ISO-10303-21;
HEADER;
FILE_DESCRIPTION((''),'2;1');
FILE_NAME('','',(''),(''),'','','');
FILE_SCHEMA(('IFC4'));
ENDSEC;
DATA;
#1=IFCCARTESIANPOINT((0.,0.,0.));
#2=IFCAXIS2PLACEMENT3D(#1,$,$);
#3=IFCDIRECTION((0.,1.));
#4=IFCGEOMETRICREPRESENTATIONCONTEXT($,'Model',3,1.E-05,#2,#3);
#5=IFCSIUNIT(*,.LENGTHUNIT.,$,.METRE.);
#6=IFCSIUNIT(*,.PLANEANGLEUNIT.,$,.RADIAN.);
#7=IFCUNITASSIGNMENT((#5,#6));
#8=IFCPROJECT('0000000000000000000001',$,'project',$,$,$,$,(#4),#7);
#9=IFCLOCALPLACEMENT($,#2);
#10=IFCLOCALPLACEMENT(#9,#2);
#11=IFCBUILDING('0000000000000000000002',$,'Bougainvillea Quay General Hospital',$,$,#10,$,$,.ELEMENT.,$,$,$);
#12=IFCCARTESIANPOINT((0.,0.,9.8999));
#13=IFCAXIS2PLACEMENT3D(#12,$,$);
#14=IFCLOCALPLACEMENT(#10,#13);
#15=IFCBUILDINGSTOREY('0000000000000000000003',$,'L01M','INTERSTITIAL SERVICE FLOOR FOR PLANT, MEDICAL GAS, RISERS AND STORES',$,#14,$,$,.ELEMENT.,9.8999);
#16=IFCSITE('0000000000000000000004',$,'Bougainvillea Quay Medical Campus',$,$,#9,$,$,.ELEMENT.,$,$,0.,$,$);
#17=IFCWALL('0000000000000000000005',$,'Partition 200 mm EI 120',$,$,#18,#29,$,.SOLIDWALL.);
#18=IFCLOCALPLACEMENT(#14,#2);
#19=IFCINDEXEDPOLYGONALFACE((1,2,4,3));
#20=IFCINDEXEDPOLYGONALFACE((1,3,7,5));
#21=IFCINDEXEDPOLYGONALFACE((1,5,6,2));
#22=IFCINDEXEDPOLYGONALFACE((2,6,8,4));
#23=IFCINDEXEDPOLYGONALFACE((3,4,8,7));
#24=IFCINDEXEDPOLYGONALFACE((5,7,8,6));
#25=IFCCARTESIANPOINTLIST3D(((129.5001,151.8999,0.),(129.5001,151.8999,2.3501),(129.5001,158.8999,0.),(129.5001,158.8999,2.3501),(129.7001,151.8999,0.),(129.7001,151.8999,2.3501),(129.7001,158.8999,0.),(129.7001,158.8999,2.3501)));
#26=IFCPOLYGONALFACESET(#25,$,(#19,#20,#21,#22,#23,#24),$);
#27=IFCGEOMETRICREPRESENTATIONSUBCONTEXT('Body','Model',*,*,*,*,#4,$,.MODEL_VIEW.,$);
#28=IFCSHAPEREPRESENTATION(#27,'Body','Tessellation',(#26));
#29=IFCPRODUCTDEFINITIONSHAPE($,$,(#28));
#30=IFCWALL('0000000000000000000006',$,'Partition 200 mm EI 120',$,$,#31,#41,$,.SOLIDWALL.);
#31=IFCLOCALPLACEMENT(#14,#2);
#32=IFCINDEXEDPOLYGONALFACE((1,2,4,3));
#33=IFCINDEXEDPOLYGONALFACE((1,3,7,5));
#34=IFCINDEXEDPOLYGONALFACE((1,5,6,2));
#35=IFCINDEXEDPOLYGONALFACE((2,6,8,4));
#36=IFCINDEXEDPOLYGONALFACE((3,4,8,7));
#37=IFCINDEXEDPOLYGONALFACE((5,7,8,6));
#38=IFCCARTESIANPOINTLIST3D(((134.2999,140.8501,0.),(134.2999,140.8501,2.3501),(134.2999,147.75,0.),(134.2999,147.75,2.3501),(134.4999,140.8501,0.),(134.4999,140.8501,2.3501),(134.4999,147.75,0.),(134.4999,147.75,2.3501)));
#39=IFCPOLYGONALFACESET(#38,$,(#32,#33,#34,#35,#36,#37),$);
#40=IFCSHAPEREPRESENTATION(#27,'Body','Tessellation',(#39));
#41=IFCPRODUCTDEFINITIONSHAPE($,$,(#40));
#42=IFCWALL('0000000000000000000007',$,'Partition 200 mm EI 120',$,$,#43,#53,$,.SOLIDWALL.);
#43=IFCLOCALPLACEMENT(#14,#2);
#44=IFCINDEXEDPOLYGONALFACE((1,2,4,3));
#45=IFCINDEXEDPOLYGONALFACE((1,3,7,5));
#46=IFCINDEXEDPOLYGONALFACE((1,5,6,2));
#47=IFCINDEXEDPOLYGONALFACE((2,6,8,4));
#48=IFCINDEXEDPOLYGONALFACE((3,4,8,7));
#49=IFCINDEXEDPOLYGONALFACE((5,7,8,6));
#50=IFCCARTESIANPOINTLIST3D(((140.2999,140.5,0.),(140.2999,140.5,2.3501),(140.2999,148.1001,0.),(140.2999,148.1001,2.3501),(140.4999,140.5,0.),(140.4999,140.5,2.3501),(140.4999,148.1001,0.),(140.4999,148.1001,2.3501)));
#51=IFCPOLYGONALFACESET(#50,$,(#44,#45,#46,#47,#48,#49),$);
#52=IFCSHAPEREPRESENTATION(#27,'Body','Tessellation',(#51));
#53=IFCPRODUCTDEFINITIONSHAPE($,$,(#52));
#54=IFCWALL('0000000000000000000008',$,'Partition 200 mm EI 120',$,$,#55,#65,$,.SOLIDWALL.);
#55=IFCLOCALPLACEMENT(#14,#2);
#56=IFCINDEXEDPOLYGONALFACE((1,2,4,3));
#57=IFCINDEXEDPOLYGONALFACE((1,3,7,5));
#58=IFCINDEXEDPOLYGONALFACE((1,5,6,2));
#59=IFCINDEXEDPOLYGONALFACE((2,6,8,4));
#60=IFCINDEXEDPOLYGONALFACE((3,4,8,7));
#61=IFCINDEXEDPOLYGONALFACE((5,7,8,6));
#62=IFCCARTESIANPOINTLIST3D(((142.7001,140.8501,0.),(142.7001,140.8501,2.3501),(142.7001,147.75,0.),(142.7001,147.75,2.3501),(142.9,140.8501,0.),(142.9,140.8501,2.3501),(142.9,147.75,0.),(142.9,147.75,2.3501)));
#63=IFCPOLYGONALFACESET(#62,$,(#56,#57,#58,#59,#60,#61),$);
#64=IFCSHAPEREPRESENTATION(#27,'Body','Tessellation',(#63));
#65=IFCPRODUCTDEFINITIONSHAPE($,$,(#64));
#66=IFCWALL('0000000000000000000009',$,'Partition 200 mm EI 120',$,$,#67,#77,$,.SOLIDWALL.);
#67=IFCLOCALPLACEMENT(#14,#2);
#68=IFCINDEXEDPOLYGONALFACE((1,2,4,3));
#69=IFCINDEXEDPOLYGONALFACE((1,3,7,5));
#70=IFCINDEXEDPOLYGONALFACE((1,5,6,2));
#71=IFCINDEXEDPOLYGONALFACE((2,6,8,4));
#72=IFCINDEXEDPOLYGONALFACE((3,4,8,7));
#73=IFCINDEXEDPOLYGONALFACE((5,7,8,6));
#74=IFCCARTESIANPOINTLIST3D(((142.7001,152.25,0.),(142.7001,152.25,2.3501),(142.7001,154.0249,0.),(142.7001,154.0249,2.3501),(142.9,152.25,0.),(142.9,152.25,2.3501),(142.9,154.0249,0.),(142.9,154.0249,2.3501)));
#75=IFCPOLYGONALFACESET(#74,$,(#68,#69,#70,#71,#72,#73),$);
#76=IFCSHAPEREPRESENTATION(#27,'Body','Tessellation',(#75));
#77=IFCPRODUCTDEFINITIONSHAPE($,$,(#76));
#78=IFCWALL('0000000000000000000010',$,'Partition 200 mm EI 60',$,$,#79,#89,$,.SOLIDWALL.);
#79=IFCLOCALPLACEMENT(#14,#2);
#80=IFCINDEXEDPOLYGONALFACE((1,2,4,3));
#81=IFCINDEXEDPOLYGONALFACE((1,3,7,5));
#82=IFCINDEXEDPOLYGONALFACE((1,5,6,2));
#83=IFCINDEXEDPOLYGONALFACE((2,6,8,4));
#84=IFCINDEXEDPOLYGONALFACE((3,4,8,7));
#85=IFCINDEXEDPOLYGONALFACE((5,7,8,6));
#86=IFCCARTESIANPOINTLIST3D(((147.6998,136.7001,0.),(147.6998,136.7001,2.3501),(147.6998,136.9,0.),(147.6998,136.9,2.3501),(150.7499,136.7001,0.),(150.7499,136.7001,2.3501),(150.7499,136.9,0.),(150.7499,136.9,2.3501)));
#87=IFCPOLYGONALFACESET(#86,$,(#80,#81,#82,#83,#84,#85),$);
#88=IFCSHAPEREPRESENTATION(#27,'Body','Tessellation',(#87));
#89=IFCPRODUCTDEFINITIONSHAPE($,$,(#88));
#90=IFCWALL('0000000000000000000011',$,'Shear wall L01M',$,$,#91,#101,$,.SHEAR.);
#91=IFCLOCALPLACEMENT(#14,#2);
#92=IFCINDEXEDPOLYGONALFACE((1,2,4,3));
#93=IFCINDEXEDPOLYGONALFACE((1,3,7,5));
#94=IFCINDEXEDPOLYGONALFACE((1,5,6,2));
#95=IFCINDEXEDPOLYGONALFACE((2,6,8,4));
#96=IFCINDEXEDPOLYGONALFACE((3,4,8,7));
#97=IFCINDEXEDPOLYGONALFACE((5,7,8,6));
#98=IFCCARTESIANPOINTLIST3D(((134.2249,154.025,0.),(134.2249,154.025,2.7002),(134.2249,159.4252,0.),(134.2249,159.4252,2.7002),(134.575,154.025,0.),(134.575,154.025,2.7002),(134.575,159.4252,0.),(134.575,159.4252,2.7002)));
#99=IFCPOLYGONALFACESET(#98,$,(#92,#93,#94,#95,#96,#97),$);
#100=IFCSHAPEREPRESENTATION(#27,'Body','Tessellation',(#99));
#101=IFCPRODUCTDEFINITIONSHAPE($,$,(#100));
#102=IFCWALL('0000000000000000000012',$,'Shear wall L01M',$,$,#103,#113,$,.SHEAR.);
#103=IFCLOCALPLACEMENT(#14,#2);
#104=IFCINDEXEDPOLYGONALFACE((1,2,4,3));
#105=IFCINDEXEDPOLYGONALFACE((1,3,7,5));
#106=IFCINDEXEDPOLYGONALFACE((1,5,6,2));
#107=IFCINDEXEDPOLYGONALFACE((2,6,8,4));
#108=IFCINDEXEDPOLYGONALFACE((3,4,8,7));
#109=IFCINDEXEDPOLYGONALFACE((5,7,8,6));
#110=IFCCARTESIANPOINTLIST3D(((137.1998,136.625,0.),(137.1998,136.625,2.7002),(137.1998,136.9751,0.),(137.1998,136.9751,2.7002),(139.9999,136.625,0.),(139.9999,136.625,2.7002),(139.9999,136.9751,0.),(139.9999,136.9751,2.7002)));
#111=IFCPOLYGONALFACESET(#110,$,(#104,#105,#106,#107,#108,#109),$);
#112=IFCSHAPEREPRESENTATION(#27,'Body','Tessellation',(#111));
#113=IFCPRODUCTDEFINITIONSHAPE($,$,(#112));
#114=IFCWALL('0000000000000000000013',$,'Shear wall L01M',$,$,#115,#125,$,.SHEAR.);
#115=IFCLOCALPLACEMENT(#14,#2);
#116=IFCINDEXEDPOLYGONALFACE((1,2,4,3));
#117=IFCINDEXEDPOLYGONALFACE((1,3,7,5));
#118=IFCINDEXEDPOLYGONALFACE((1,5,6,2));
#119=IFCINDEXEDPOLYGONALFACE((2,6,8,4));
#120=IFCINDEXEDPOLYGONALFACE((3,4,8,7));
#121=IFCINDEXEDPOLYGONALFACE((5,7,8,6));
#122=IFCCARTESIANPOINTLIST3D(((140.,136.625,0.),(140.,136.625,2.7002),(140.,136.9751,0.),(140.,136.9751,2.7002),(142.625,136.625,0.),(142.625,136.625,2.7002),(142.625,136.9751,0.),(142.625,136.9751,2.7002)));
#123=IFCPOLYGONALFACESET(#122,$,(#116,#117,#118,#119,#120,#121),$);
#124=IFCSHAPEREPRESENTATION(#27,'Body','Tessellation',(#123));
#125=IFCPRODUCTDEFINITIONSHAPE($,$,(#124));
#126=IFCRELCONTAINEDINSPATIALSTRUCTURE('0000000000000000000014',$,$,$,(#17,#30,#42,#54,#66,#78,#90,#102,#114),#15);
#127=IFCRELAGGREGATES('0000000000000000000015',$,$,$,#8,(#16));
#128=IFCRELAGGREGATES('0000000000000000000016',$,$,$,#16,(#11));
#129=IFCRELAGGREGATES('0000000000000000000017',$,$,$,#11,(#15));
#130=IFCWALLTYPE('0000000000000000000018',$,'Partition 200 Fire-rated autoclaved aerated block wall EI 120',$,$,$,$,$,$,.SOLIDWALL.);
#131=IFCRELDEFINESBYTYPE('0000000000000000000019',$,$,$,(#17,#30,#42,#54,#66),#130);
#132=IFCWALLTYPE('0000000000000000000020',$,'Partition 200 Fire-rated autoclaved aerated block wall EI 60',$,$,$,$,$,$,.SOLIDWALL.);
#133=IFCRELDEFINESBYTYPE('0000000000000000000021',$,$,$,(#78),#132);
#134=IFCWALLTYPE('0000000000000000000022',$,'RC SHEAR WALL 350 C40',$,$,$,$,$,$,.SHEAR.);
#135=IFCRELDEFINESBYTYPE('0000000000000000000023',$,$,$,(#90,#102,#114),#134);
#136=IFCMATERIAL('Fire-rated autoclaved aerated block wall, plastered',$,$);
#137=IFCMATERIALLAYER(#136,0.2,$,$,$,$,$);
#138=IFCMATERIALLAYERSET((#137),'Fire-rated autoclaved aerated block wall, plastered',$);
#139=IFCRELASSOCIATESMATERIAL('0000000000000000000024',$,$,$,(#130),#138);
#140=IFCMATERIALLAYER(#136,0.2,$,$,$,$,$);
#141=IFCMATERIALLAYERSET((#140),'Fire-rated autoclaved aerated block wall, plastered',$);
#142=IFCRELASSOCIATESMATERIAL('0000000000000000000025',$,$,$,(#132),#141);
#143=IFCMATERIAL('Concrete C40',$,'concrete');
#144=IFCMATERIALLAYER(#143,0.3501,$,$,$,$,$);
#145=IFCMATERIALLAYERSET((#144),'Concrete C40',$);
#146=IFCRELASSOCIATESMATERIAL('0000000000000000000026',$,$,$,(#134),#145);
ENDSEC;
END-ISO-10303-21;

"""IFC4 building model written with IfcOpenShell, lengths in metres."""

from ifc_helpers import new_model, si_unit, direction, frame, frame_2d, origin, place, context, subcontext, project, spatial, rectangle, extrude, material, layer, layer_set, type_object, element, save


model = new_model("IFC4")

# Units and contexts
model_context = context("Model", 3, precision=1e-05, world=origin(), true_north=direction((0.0, 1.0)))
body_context = subcontext(model_context, "Body", "Model", "MODEL_VIEW")
ifc_project = project(units=[si_unit("LENGTHUNIT", "METRE"), si_unit("PLANEANGLEUNIT", "RADIAN")], contexts=[model_context])

# Site, building, storey
site_placement = place(None, origin())
site = spatial("IfcSite", under=ifc_project, at=site_placement, Name="Bougainvillea Quay Medical Campus", CompositionType="ELEMENT", RefElevation=0.0)
building_placement = place(site_placement, origin())
building = spatial("IfcBuilding", under=site, at=building_placement, Name="Bougainvillea Quay General Hospital", CompositionType="ELEMENT")
storey_placement = place(building_placement, frame((0.0, 0.0, 9.8999)))
storey = spatial("IfcBuildingStorey", under=building, at=storey_placement, Name="L01M", Description="INTERSTITIAL SERVICE FLOOR FOR PLANT, MEDICAL GAS, RISERS AND STORES", CompositionType="ELEMENT", Elevation=9.8999)

# Shared definitions
ifc_material_1 = material(Name="Fire-rated autoclaved aerated block wall, plastered")
ifc_layer_1 = layer(ifc_material_1, 0.2)
ifc_layer_set_1 = layer_set([ifc_layer_1], Name="Fire-rated autoclaved aerated block wall, plastered")
wall_type_1 = type_object("IfcWallType", Name="Partition 200 Fire-rated autoclaved aerated block wall EI 120", PredefinedType="SOLIDWALL", material=ifc_layer_set_1)

# Walls
wall_1_placement = place(storey_placement, frame((129.6001, 151.8999, 0.0), z_axis=(0.0, 0.0, 1.0), x_axis=(0.0, 1.0, 0.0)))
element("IfcWall", 1, at=wall_1_placement, inside=storey, type_object=wall_type_1, Name="Partition 200 mm EI 120", PredefinedType="SOLIDWALL", context=body_context, shape_type="SweptSolid", body=[
    extrude(rectangle(XDim=7.0, YDim=0.2, at=frame_2d((3.5, 0.0))), origin(), (0.0, 0.0, 1.0), 2.3501),
])
wall_2_placement = place(storey_placement, frame((134.3999, 140.8501, 0.0), z_axis=(0.0, 0.0, 1.0), x_axis=(0.0, 1.0, 0.0)))
element("IfcWall", 2, at=wall_2_placement, inside=storey, type_object=wall_type_1, Name="Partition 200 mm EI 120", PredefinedType="SOLIDWALL", context=body_context, shape_type="SweptSolid", body=[
    extrude(rectangle(XDim=6.8999, YDim=0.2, at=frame_2d((3.45, 0.0))), origin(), (0.0, 0.0, 1.0), 2.3501),
])
wall_3_placement = place(storey_placement, frame((140.3999, 140.5, 0.0), z_axis=(0.0, 0.0, 1.0), x_axis=(0.0, 1.0, 0.0)))
element("IfcWall", 3, at=wall_3_placement, inside=storey, type_object=wall_type_1, Name="Partition 200 mm EI 120", PredefinedType="SOLIDWALL", context=body_context, shape_type="SweptSolid", body=[
    extrude(rectangle(XDim=7.6001, YDim=0.2, at=frame_2d((3.8, 0.0))), origin(), (0.0, 0.0, 1.0), 2.3501),
])
wall_4_placement = place(storey_placement, frame((142.8, 140.8501, 0.0), z_axis=(0.0, 0.0, 1.0), x_axis=(0.0, 1.0, 0.0)))
element("IfcWall", 4, at=wall_4_placement, inside=storey, type_object=wall_type_1, Name="Partition 200 mm EI 120", PredefinedType="SOLIDWALL", context=body_context, shape_type="SweptSolid", body=[
    extrude(rectangle(XDim=6.8999, YDim=0.2, at=frame_2d((3.45, 0.0))), origin(), (0.0, 0.0, 1.0), 2.3501),
])
wall_5_placement = place(storey_placement, frame((142.8, 152.25, 0.0), z_axis=(0.0, 0.0, 1.0), x_axis=(0.0, 1.0, 0.0)))
element("IfcWall", 5, at=wall_5_placement, inside=storey, type_object=wall_type_1, Name="Partition 200 mm EI 120", PredefinedType="SOLIDWALL", context=body_context, shape_type="SweptSolid", body=[
    extrude(rectangle(XDim=1.7749, YDim=0.2, at=frame_2d((0.8875, 0.0))), origin(), (0.0, 0.0, 1.0), 2.3501),
])
ifc_layer_2 = layer(ifc_material_1, 0.2)
ifc_layer_set_2 = layer_set([ifc_layer_2], Name="Fire-rated autoclaved aerated block wall, plastered")
wall_type_2 = type_object("IfcWallType", Name="Partition 200 Fire-rated autoclaved aerated block wall EI 60", PredefinedType="SOLIDWALL", material=ifc_layer_set_2)
wall_6_placement = place(storey_placement, frame((147.7, 136.8, 0.0), z_axis=(0.0, 0.0, 1.0), x_axis=(1.0, 0.0, 0.0)))
element("IfcWall", 6, at=wall_6_placement, inside=storey, type_object=wall_type_2, Name="Partition 200 mm EI 60", PredefinedType="SOLIDWALL", context=body_context, shape_type="SweptSolid", body=[
    extrude(rectangle(XDim=3.05, YDim=0.2, at=frame_2d((1.5249, 0.0))), origin(), (0.0, 0.0, 1.0), 2.3501),
])
ifc_material_2 = material(Name="Concrete C40", Category="concrete")
ifc_layer_3 = layer(ifc_material_2, 0.3501)
ifc_layer_set_3 = layer_set([ifc_layer_3], Name="Concrete C40")
wall_type_3 = type_object("IfcWallType", Name="RC SHEAR WALL 350 C40", PredefinedType="SHEAR", material=ifc_layer_set_3)
wall_7_placement = place(storey_placement, frame((134.3999, 154.0249, 0.0), z_axis=(0.0, 0.0, 1.0), x_axis=(0.0, 1.0, 0.0)))
element("IfcWall", 7, at=wall_7_placement, inside=storey, type_object=wall_type_3, Name="Shear wall L01M", PredefinedType="SHEAR", context=body_context, shape_type="SweptSolid", body=[
    extrude(rectangle(XDim=5.4001, YDim=0.3501, at=frame_2d((2.7002, 0.0))), origin(), (0.0, 0.0, 1.0), 2.7002),
])
wall_8_placement = place(storey_placement, frame((137.2, 136.8, 0.0), z_axis=(0.0, 0.0, 1.0), x_axis=(1.0, 0.0, 0.0)))
element("IfcWall", 8, at=wall_8_placement, inside=storey, type_object=wall_type_3, Name="Shear wall L01M", PredefinedType="SHEAR", context=body_context, shape_type="SweptSolid", body=[
    extrude(rectangle(XDim=2.8, YDim=0.3501, at=frame_2d((1.3999, 0.0))), origin(), (0.0, 0.0, 1.0), 2.7002),
])
wall_9_placement = place(storey_placement, frame((140.0, 136.8, 0.0), z_axis=(0.0, 0.0, 1.0), x_axis=(1.0, 0.0, 0.0)))
element("IfcWall", 9, at=wall_9_placement, inside=storey, type_object=wall_type_3, Name="Shear wall L01M", PredefinedType="SHEAR", context=body_context, shape_type="SweptSolid", body=[
    extrude(rectangle(XDim=2.625, YDim=0.3501, at=frame_2d((1.3125, 0.0))), origin(), (0.0, 0.0, 1.0), 2.7002),
])

save(model, "model.ifc")
